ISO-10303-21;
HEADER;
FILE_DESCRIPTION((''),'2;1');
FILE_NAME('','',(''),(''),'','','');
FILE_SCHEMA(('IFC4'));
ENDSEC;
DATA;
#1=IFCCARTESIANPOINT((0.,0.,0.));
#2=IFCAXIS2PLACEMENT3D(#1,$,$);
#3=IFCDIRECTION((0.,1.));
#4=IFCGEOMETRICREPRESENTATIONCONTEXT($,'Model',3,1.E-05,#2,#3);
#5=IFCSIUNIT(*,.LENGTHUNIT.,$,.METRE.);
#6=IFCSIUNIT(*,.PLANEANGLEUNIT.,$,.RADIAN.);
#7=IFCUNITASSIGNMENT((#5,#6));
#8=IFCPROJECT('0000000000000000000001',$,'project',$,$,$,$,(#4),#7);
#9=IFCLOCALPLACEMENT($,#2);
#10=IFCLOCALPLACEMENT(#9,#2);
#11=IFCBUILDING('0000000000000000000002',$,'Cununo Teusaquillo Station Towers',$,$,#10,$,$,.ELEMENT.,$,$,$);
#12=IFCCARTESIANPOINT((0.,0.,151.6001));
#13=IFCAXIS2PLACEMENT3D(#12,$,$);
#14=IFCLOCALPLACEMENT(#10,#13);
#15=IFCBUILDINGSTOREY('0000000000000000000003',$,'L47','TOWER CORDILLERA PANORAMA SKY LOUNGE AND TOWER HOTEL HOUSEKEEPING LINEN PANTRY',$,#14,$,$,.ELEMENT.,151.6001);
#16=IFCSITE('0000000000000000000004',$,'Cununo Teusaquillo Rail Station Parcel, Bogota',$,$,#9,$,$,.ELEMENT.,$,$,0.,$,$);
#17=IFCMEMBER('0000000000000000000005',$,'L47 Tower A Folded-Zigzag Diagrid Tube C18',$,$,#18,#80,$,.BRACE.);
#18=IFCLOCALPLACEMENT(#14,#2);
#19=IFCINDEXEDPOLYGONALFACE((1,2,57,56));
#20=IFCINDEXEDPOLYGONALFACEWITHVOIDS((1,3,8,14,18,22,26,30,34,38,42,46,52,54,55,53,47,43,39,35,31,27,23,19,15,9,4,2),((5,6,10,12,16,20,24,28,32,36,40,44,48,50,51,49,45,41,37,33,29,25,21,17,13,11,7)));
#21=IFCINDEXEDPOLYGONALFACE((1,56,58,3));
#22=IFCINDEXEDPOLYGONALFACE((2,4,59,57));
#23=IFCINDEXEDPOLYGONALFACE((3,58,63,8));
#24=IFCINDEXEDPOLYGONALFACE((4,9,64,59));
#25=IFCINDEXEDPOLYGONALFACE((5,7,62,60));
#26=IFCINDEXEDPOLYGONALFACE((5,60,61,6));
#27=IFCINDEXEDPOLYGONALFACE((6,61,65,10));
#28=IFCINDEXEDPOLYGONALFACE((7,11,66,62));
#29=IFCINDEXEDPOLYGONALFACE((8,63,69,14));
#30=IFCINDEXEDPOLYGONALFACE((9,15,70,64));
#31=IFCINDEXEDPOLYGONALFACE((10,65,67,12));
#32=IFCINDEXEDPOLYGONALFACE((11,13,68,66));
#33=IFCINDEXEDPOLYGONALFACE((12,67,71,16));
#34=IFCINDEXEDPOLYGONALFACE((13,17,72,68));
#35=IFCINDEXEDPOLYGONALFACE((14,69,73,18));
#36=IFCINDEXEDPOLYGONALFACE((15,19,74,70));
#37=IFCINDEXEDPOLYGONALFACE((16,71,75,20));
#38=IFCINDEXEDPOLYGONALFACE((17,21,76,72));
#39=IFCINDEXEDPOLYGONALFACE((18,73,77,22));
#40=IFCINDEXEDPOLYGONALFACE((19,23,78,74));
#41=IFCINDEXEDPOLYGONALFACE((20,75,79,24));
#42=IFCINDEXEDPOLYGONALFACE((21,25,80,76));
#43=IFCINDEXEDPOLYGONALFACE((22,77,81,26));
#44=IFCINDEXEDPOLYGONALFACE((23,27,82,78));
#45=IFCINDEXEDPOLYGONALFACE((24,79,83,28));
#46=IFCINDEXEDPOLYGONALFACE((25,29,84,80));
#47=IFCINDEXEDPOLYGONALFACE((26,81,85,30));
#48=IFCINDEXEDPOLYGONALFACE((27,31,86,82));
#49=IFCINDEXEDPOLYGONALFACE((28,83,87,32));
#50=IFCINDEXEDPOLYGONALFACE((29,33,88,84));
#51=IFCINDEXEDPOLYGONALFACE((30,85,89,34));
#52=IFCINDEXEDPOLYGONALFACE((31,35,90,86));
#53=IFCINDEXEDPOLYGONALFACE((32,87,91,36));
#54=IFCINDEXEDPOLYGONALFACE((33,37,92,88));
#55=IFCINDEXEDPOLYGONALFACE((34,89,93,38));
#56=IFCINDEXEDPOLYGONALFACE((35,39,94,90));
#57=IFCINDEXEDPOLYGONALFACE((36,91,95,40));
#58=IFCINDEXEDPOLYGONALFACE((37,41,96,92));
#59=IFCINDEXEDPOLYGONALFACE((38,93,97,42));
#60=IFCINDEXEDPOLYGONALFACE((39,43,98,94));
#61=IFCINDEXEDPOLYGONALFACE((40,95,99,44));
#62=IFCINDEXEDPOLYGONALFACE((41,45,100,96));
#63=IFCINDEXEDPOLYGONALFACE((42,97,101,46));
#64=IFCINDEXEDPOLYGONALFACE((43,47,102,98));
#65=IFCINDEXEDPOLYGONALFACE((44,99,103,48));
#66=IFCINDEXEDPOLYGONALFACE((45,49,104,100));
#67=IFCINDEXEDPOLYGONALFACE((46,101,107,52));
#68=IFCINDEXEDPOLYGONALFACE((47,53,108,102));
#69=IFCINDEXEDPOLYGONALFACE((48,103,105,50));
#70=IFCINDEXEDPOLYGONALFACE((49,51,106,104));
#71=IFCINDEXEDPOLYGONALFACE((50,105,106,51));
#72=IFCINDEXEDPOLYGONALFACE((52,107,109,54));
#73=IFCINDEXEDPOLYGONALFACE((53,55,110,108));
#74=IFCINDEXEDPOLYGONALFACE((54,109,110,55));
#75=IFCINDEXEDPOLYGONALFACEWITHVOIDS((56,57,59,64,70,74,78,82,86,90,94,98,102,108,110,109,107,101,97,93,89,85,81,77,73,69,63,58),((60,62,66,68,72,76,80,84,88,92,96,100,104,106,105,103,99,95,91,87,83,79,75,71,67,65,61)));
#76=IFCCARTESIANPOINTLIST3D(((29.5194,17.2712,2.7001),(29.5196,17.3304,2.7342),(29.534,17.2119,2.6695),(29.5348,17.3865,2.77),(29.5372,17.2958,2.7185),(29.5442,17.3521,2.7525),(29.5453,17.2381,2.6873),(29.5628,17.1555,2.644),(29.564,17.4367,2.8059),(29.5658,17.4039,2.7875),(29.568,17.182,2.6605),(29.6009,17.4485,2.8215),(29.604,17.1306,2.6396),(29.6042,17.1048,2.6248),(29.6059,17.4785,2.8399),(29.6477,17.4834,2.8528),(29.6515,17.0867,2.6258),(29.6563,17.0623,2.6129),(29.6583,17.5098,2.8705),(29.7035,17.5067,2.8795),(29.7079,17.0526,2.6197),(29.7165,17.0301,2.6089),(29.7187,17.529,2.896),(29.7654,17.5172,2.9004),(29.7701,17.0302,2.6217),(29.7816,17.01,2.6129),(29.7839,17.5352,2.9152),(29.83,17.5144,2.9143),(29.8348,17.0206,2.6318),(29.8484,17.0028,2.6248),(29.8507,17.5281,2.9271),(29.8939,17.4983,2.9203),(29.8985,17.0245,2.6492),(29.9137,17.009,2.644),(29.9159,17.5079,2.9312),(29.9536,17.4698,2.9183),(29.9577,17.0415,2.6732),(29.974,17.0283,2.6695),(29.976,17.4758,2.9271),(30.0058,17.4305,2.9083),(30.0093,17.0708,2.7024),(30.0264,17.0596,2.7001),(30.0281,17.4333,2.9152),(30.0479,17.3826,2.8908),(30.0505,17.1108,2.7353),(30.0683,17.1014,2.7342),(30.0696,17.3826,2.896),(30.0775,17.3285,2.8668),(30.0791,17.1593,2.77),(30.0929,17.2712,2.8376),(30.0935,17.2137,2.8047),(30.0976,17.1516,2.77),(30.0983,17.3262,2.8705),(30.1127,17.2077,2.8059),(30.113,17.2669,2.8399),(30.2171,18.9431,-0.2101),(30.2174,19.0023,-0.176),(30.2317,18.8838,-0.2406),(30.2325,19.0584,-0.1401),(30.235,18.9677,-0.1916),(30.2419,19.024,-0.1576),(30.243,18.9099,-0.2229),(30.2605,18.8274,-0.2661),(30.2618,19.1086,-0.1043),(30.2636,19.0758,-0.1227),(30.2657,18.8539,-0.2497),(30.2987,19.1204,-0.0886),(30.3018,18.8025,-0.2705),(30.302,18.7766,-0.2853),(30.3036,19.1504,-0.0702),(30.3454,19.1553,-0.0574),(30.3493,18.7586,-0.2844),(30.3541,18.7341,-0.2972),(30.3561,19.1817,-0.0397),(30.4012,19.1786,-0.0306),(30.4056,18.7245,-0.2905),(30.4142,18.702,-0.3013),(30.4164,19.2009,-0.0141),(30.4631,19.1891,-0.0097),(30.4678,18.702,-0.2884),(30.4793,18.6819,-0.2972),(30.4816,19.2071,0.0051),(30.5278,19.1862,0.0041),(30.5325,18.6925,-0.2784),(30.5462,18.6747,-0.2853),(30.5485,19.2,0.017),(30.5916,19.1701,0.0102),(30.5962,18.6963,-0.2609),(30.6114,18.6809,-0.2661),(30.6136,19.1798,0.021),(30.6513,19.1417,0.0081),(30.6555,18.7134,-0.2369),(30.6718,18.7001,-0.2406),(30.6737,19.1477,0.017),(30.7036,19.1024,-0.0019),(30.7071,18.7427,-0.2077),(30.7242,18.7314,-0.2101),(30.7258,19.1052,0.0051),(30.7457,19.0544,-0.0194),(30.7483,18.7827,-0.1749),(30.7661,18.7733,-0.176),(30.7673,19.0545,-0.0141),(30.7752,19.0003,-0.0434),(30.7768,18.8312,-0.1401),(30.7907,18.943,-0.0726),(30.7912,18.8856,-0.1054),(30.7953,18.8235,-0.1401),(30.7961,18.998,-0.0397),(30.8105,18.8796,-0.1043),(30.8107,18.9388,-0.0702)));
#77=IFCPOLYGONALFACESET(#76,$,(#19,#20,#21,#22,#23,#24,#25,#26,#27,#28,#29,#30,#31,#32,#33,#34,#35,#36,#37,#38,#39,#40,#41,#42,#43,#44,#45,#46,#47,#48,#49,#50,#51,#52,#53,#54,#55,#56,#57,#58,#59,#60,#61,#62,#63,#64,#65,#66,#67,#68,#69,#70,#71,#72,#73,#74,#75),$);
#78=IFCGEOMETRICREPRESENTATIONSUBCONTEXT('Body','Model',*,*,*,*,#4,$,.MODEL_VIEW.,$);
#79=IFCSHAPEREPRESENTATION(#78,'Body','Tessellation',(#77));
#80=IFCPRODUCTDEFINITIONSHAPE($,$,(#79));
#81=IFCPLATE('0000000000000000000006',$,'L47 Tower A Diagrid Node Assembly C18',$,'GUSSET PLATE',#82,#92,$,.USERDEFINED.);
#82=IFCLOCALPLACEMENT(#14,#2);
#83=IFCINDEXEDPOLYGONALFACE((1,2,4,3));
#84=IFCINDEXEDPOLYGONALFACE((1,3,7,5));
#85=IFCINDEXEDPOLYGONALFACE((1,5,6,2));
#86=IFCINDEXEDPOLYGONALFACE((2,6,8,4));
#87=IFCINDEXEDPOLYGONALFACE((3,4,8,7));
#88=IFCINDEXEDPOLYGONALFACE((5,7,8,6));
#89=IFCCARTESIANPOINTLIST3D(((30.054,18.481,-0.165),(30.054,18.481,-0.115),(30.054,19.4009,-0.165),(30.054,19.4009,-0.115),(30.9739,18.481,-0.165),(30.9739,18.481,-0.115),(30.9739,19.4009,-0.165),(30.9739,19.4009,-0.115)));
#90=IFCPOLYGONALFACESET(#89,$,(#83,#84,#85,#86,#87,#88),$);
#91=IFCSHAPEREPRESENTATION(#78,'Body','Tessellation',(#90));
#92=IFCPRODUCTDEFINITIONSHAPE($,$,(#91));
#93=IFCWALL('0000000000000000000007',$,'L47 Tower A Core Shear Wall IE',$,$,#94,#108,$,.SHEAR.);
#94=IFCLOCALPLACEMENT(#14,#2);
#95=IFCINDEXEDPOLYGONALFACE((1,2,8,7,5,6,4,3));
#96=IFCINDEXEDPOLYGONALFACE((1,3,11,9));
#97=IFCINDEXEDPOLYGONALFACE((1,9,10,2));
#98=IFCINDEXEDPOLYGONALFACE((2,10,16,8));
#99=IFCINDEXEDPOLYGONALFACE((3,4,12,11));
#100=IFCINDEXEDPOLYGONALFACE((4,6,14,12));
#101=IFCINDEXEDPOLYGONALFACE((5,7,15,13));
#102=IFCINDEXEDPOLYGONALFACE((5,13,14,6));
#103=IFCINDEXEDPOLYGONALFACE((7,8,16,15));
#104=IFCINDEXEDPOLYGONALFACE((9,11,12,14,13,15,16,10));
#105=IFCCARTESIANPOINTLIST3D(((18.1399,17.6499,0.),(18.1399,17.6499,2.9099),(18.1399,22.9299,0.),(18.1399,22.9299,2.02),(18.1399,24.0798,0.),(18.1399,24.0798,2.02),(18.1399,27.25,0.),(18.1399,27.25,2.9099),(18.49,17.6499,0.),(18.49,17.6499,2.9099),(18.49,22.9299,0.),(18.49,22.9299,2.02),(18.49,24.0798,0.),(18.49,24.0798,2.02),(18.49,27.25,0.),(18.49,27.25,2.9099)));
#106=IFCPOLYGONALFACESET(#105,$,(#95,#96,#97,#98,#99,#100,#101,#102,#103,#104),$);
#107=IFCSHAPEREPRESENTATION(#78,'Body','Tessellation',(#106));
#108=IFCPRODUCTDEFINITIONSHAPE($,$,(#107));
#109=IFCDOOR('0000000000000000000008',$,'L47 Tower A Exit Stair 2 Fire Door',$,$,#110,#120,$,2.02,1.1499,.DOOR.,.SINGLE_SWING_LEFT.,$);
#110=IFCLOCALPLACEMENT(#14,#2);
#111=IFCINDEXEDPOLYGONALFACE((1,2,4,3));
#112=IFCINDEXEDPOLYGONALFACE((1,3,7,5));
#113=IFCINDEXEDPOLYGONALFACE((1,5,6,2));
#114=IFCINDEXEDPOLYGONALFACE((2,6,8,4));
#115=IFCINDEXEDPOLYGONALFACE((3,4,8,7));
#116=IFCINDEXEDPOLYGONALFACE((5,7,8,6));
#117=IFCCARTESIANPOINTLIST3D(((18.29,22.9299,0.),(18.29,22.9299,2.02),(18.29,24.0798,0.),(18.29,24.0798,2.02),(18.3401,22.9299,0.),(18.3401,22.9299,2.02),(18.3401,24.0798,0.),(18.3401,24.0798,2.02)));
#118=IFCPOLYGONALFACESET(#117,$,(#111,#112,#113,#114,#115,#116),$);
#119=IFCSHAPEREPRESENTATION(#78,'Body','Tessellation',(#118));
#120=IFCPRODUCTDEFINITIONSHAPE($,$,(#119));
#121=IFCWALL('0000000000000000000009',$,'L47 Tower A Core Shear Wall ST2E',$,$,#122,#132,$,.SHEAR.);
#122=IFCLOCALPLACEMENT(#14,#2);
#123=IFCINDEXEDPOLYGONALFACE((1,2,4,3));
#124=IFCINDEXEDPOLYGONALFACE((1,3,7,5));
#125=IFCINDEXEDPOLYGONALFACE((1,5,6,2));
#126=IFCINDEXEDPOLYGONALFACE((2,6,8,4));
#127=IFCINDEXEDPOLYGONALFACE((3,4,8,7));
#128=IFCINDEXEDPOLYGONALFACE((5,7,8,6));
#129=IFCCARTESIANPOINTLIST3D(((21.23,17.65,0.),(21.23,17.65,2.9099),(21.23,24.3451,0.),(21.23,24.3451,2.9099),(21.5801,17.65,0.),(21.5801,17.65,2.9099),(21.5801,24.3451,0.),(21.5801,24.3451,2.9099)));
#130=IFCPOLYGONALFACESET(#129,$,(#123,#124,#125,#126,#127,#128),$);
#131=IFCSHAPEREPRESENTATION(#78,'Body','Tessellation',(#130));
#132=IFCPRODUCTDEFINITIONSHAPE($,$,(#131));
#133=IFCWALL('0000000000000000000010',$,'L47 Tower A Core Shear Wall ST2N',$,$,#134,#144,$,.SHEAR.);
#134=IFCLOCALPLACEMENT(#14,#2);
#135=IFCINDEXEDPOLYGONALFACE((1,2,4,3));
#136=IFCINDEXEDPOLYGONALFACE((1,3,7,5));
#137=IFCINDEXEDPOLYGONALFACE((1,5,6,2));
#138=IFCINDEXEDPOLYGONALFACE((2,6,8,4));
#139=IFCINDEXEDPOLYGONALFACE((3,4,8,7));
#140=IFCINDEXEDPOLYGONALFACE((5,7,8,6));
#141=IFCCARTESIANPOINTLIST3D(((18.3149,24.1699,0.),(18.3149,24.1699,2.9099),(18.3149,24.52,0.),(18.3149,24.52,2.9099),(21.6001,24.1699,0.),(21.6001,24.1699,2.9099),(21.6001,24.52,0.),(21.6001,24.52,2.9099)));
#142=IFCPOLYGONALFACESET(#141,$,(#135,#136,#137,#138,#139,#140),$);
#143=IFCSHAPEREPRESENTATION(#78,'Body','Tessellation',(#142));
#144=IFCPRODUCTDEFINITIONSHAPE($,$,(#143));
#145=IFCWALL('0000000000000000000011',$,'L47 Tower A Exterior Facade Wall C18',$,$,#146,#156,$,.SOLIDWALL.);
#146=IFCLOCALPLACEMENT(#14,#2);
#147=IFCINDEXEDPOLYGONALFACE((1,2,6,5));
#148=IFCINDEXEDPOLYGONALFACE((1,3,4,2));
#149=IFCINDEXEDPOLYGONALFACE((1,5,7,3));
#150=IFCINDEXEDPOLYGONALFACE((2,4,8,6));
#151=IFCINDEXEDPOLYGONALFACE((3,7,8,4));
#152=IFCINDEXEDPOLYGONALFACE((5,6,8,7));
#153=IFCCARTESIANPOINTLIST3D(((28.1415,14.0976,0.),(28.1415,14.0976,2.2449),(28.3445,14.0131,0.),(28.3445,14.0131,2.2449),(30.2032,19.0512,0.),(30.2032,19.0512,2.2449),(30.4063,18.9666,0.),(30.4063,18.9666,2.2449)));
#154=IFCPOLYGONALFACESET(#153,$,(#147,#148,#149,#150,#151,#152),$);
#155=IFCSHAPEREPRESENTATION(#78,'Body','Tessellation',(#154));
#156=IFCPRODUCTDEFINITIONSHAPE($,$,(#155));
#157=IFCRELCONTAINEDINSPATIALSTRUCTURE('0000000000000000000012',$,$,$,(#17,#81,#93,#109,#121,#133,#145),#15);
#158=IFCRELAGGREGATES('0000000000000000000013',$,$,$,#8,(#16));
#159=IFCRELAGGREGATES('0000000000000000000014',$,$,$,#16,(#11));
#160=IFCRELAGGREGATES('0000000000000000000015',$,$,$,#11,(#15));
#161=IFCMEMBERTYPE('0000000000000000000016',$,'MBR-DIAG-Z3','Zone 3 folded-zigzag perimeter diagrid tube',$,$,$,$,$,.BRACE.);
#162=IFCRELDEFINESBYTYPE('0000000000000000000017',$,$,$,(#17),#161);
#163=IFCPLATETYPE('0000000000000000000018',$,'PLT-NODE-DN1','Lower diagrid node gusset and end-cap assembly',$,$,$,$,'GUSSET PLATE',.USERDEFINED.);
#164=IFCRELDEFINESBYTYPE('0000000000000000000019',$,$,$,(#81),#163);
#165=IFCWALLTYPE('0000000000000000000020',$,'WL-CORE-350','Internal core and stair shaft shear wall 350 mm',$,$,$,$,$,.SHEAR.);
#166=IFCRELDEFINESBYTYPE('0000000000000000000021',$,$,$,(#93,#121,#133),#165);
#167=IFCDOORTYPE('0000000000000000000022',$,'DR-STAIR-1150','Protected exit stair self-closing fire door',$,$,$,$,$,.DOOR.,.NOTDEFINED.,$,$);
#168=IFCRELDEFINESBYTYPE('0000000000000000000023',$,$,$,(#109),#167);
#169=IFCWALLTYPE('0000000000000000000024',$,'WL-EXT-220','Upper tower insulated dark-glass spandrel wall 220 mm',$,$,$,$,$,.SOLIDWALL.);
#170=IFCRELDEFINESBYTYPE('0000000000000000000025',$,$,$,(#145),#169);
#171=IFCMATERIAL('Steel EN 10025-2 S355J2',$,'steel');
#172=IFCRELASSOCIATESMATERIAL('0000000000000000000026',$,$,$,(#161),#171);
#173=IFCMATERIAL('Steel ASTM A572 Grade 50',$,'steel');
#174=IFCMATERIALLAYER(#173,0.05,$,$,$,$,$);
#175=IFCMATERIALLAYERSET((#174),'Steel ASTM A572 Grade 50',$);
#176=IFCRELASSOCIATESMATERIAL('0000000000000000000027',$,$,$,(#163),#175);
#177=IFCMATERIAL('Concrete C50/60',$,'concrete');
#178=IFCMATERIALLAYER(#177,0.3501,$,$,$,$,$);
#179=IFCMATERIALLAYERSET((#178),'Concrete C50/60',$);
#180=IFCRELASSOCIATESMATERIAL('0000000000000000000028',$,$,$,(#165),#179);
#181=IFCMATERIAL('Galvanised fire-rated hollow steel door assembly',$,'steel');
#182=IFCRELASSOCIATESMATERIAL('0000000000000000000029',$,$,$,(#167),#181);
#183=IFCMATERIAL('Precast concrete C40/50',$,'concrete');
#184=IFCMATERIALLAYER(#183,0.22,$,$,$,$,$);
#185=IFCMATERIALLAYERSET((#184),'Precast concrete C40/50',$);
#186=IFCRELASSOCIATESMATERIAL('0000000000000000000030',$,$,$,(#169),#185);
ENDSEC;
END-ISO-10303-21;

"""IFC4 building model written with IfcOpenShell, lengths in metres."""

from ifc_helpers import new_model, si_unit, direction, frame, frame_2d, origin, origin_2d, place, context, subcontext, project, spatial, rectangle, hollow_circle, extrude, source, transform, mapped, material, layer, layer_set, material_profile, profile_set, type_object, element, fill, save


model = new_model("IFC4")

# Units and contexts
model_context = context("Model", 3, precision=1e-05, world=origin(), true_north=direction((0.0, 1.0)))
body_context = subcontext(model_context, "Body", "Model", "MODEL_VIEW")
ifc_project = project(units=[si_unit("LENGTHUNIT", "METRE"), si_unit("PLANEANGLEUNIT", "RADIAN")], contexts=[model_context])

# Site, building, storey
site_placement = place(None, origin())
site = spatial("IfcSite", under=ifc_project, at=site_placement, Name="Cununo Teusaquillo Rail Station Parcel, Bogota", CompositionType="ELEMENT", RefElevation=0.0)
building_placement = place(site_placement, origin())
building = spatial("IfcBuilding", under=site, at=building_placement, Name="Cununo Teusaquillo Station Towers", CompositionType="ELEMENT")
storey_placement = place(building_placement, frame((0.0, 0.0, 151.6001)))
storey = spatial("IfcBuildingStorey", under=building, at=storey_placement, Name="L47", Description="TOWER CORDILLERA PANORAMA SKY LOUNGE AND TOWER HOTEL HOUSEKEEPING LINEN PANTRY", CompositionType="ELEMENT", Elevation=151.6001)

# Member
ifc_material_1 = material(Name="Steel EN 10025-2 S355J2", Category="steel")
ifc_material_profile_1 = material_profile(ifc_material_1, hollow_circle(Radius=0.3049, WallThickness=0.02, at=origin_2d()), Name="CHS 610x20")
ifc_profile_set_1 = profile_set([ifc_material_profile_1], Name="Steel EN 10025-2 S355J2")
member_type = type_object("IfcMemberType", Name="MBR-DIAG-Z3", Description="Zone 3 folded-zigzag perimeter diagrid tube", PredefinedType="BRACE", material=ifc_profile_set_1)
member_placement = place(storey_placement, frame((30.5139, 18.9409, -0.1401), z_axis=(-0.203547, -0.487715, 0.848942), x_axis=(0.922853, -0.385151, 0.0)))
element("IfcMember", 1, at=member_placement, inside=storey, type_object=member_type, Name="L47 Tower A Folded-Zigzag Diagrid Tube C18", PredefinedType="BRACE", context=body_context, shape_type="SweptSolid", body=[
    extrude(hollow_circle(Radius=0.3049, WallThickness=0.02, at=origin_2d()), origin(), (0.0, 0.0, 1.0), 3.428),
])

# Plate
ifc_material_2 = material(Name="Steel ASTM A572 Grade 50", Category="steel")
ifc_layer_1 = layer(ifc_material_2, 0.05)
ifc_layer_set_1 = layer_set([ifc_layer_1], Name="Steel ASTM A572 Grade 50")
plate_type = type_object("IfcPlateType", Name="PLT-NODE-DN1", Description="Lower diagrid node gusset and end-cap assembly", ElementType="GUSSET PLATE", PredefinedType="USERDEFINED", material=ifc_layer_set_1)
shared_shape_1 = source(origin(), body_context, "Body", "SweptSolid", [
    extrude(rectangle(XDim=0.9199, YDim=0.9199, at=origin_2d()), origin(), (0.0, 0.0, 1.0), 0.05),
])
plate_placement = place(storey_placement, frame((30.5139, 18.9409, -0.165), z_axis=(0.0, 0.0, 1.0), x_axis=(1.0, 0.0, 0.0)))
element("IfcPlate", 2, at=plate_placement, inside=storey, type_object=plate_type, Name="L47 Tower A Diagrid Node Assembly C18", ObjectType="GUSSET PLATE", PredefinedType="USERDEFINED", context=body_context, shape_type="MappedRepresentation", body=[
    mapped(shared_shape_1, transform((0.0, 0.0, 0.0), x_axis=(1.0, 0.0, 0.0), y_axis=(0.0, 1.0, 0.0), z_axis=(0.0, 0.0, 1.0), scale=1.0)),
])

# Wall, opening, door
ifc_material_3 = material(Name="Concrete C50/60", Category="concrete")
ifc_layer_2 = layer(ifc_material_3, 0.3501)
ifc_layer_set_2 = layer_set([ifc_layer_2], Name="Concrete C50/60")
wall_type_1 = type_object("IfcWallType", Name="WL-CORE-350", Description="Internal core and stair shaft shear wall 350 mm", PredefinedType="SHEAR", material=ifc_layer_set_2)
wall_1_placement = place(storey_placement, frame((18.3149, 17.6499, 0.0), z_axis=(0.0, 0.0, 1.0), x_axis=(0.0, 1.0, 0.0)))
wall_1 = element("IfcWall", 3, at=wall_1_placement, inside=storey, type_object=wall_type_1, Name="L47 Tower A Core Shear Wall IE", PredefinedType="SHEAR", context=body_context, shape_type="SweptSolid", body=[
    extrude(rectangle(XDim=9.6001, YDim=0.3501, at=frame_2d((4.8, 0.0))), origin(), (0.0, 0.0, 1.0), 2.9099),
])
shared_shape_2 = source(origin(), body_context, "Body", "SweptSolid", [
    extrude(rectangle(XDim=1.1499, YDim=2.02, at=frame_2d((0.575, 1.01))), frame((0.0, 0.1851, 0.0), z_axis=(0.0, -1.0, 0.0), x_axis=(1.0, 0.0, 0.0)), (0.0, 0.0, 1.0), 0.3701),
])
opening_1_placement = place(wall_1_placement, frame((5.28, 0.0, 0.0)))
opening_1 = element("IfcOpeningElement", 4, at=opening_1_placement, cuts=wall_1, PredefinedType="OPENING", context=body_context, shape_type="MappedRepresentation", body=[
    mapped(shared_shape_2, transform((0.0, 0.0, 0.0), x_axis=(1.0, 0.0, 0.0), y_axis=(0.0, 1.0, 0.0), z_axis=(0.0, 0.0, 1.0), scale=1.0)),
])
ifc_material_4 = material(Name="Galvanised fire-rated hollow steel door assembly", Category="steel")
door_type_1 = type_object("IfcDoorType", Name="DR-STAIR-1150", Description="Protected exit stair self-closing fire door", OperationType="NOTDEFINED", PredefinedType="DOOR", material=ifc_material_4)
shared_shape_3 = source(origin(), body_context, "Body", "SweptSolid", [
    extrude(rectangle(XDim=1.1499, YDim=2.02, at=frame_2d((0.575, 1.01))), frame((0.0, 0.0249, 0.0), z_axis=(0.0, -1.0, 0.0), x_axis=(1.0, 0.0, 0.0)), (0.0, 0.0, 1.0), 0.05),
])
door_1_placement = place(opening_1_placement, origin())
door_1 = element("IfcDoor", 5, at=door_1_placement, inside=storey, type_object=door_type_1, Name="L47 Tower A Exit Stair 2 Fire Door", OperationType="SINGLE_SWING_LEFT", OverallHeight=2.02, OverallWidth=1.1499, PredefinedType="DOOR", context=body_context, shape_type="MappedRepresentation", body=[
    mapped(shared_shape_3, transform((0.0, 0.0, 0.0), x_axis=(1.0, 0.0, 0.0), y_axis=(0.0, 1.0, 0.0), z_axis=(0.0, 0.0, 1.0), scale=1.0)),
])
fill(opening_1, door_1)

# Walls
wall_2_placement = place(storey_placement, frame((21.405, 17.6499, 0.0), z_axis=(0.0, 0.0, 1.0), x_axis=(0.0, 1.0, 0.0)))
element("IfcWall", 6, at=wall_2_placement, inside=storey, type_object=wall_type_1, Name="L47 Tower A Core Shear Wall ST2E", PredefinedType="SHEAR", context=body_context, shape_type="SweptSolid", body=[
    extrude(rectangle(XDim=6.6951, YDim=0.3501, at=frame_2d((3.3477, 0.0))), origin(), (0.0, 0.0, 1.0), 2.9099),
])
wall_3_placement = place(storey_placement, frame((18.3149, 24.345, 0.0), z_axis=(0.0, 0.0, 1.0), x_axis=(1.0, 0.0, 0.0)))
element("IfcWall", 7, at=wall_3_placement, inside=storey, type_object=wall_type_1, Name="L47 Tower A Core Shear Wall ST2N", PredefinedType="SHEAR", context=body_context, shape_type="SweptSolid", body=[
    extrude(rectangle(XDim=3.2852, YDim=0.3501, at=frame_2d((1.6426, 0.0))), origin(), (0.0, 0.0, 1.0), 2.9099),
])
ifc_material_5 = material(Name="Precast concrete C40/50", Category="concrete")
ifc_layer_3 = layer(ifc_material_5, 0.22)
ifc_layer_set_3 = layer_set([ifc_layer_3], Name="Precast concrete C40/50")
wall_type_2 = type_object("IfcWallType", Name="WL-EXT-220", Description="Upper tower insulated dark-glass spandrel wall 220 mm", PredefinedType="SOLIDWALL", material=ifc_layer_set_3)
wall_4_placement = place(storey_placement, frame((30.3047, 19.0088, 0.0), z_axis=(0.0, 0.0, 1.0), x_axis=(-0.38426, -0.923225, 0.0)))
element("IfcWall", 8, at=wall_4_placement, inside=storey, type_object=wall_type_2, Name="L47 Tower A Exterior Facade Wall C18", PredefinedType="SOLIDWALL", context=body_context, shape_type="SweptSolid", body=[
    extrude(rectangle(XDim=5.3655, YDim=0.22, at=frame_2d((2.6826, 0.0))), origin(), (0.0, 0.0, 1.0), 2.2449),
])

save(model, "model.ifc")
